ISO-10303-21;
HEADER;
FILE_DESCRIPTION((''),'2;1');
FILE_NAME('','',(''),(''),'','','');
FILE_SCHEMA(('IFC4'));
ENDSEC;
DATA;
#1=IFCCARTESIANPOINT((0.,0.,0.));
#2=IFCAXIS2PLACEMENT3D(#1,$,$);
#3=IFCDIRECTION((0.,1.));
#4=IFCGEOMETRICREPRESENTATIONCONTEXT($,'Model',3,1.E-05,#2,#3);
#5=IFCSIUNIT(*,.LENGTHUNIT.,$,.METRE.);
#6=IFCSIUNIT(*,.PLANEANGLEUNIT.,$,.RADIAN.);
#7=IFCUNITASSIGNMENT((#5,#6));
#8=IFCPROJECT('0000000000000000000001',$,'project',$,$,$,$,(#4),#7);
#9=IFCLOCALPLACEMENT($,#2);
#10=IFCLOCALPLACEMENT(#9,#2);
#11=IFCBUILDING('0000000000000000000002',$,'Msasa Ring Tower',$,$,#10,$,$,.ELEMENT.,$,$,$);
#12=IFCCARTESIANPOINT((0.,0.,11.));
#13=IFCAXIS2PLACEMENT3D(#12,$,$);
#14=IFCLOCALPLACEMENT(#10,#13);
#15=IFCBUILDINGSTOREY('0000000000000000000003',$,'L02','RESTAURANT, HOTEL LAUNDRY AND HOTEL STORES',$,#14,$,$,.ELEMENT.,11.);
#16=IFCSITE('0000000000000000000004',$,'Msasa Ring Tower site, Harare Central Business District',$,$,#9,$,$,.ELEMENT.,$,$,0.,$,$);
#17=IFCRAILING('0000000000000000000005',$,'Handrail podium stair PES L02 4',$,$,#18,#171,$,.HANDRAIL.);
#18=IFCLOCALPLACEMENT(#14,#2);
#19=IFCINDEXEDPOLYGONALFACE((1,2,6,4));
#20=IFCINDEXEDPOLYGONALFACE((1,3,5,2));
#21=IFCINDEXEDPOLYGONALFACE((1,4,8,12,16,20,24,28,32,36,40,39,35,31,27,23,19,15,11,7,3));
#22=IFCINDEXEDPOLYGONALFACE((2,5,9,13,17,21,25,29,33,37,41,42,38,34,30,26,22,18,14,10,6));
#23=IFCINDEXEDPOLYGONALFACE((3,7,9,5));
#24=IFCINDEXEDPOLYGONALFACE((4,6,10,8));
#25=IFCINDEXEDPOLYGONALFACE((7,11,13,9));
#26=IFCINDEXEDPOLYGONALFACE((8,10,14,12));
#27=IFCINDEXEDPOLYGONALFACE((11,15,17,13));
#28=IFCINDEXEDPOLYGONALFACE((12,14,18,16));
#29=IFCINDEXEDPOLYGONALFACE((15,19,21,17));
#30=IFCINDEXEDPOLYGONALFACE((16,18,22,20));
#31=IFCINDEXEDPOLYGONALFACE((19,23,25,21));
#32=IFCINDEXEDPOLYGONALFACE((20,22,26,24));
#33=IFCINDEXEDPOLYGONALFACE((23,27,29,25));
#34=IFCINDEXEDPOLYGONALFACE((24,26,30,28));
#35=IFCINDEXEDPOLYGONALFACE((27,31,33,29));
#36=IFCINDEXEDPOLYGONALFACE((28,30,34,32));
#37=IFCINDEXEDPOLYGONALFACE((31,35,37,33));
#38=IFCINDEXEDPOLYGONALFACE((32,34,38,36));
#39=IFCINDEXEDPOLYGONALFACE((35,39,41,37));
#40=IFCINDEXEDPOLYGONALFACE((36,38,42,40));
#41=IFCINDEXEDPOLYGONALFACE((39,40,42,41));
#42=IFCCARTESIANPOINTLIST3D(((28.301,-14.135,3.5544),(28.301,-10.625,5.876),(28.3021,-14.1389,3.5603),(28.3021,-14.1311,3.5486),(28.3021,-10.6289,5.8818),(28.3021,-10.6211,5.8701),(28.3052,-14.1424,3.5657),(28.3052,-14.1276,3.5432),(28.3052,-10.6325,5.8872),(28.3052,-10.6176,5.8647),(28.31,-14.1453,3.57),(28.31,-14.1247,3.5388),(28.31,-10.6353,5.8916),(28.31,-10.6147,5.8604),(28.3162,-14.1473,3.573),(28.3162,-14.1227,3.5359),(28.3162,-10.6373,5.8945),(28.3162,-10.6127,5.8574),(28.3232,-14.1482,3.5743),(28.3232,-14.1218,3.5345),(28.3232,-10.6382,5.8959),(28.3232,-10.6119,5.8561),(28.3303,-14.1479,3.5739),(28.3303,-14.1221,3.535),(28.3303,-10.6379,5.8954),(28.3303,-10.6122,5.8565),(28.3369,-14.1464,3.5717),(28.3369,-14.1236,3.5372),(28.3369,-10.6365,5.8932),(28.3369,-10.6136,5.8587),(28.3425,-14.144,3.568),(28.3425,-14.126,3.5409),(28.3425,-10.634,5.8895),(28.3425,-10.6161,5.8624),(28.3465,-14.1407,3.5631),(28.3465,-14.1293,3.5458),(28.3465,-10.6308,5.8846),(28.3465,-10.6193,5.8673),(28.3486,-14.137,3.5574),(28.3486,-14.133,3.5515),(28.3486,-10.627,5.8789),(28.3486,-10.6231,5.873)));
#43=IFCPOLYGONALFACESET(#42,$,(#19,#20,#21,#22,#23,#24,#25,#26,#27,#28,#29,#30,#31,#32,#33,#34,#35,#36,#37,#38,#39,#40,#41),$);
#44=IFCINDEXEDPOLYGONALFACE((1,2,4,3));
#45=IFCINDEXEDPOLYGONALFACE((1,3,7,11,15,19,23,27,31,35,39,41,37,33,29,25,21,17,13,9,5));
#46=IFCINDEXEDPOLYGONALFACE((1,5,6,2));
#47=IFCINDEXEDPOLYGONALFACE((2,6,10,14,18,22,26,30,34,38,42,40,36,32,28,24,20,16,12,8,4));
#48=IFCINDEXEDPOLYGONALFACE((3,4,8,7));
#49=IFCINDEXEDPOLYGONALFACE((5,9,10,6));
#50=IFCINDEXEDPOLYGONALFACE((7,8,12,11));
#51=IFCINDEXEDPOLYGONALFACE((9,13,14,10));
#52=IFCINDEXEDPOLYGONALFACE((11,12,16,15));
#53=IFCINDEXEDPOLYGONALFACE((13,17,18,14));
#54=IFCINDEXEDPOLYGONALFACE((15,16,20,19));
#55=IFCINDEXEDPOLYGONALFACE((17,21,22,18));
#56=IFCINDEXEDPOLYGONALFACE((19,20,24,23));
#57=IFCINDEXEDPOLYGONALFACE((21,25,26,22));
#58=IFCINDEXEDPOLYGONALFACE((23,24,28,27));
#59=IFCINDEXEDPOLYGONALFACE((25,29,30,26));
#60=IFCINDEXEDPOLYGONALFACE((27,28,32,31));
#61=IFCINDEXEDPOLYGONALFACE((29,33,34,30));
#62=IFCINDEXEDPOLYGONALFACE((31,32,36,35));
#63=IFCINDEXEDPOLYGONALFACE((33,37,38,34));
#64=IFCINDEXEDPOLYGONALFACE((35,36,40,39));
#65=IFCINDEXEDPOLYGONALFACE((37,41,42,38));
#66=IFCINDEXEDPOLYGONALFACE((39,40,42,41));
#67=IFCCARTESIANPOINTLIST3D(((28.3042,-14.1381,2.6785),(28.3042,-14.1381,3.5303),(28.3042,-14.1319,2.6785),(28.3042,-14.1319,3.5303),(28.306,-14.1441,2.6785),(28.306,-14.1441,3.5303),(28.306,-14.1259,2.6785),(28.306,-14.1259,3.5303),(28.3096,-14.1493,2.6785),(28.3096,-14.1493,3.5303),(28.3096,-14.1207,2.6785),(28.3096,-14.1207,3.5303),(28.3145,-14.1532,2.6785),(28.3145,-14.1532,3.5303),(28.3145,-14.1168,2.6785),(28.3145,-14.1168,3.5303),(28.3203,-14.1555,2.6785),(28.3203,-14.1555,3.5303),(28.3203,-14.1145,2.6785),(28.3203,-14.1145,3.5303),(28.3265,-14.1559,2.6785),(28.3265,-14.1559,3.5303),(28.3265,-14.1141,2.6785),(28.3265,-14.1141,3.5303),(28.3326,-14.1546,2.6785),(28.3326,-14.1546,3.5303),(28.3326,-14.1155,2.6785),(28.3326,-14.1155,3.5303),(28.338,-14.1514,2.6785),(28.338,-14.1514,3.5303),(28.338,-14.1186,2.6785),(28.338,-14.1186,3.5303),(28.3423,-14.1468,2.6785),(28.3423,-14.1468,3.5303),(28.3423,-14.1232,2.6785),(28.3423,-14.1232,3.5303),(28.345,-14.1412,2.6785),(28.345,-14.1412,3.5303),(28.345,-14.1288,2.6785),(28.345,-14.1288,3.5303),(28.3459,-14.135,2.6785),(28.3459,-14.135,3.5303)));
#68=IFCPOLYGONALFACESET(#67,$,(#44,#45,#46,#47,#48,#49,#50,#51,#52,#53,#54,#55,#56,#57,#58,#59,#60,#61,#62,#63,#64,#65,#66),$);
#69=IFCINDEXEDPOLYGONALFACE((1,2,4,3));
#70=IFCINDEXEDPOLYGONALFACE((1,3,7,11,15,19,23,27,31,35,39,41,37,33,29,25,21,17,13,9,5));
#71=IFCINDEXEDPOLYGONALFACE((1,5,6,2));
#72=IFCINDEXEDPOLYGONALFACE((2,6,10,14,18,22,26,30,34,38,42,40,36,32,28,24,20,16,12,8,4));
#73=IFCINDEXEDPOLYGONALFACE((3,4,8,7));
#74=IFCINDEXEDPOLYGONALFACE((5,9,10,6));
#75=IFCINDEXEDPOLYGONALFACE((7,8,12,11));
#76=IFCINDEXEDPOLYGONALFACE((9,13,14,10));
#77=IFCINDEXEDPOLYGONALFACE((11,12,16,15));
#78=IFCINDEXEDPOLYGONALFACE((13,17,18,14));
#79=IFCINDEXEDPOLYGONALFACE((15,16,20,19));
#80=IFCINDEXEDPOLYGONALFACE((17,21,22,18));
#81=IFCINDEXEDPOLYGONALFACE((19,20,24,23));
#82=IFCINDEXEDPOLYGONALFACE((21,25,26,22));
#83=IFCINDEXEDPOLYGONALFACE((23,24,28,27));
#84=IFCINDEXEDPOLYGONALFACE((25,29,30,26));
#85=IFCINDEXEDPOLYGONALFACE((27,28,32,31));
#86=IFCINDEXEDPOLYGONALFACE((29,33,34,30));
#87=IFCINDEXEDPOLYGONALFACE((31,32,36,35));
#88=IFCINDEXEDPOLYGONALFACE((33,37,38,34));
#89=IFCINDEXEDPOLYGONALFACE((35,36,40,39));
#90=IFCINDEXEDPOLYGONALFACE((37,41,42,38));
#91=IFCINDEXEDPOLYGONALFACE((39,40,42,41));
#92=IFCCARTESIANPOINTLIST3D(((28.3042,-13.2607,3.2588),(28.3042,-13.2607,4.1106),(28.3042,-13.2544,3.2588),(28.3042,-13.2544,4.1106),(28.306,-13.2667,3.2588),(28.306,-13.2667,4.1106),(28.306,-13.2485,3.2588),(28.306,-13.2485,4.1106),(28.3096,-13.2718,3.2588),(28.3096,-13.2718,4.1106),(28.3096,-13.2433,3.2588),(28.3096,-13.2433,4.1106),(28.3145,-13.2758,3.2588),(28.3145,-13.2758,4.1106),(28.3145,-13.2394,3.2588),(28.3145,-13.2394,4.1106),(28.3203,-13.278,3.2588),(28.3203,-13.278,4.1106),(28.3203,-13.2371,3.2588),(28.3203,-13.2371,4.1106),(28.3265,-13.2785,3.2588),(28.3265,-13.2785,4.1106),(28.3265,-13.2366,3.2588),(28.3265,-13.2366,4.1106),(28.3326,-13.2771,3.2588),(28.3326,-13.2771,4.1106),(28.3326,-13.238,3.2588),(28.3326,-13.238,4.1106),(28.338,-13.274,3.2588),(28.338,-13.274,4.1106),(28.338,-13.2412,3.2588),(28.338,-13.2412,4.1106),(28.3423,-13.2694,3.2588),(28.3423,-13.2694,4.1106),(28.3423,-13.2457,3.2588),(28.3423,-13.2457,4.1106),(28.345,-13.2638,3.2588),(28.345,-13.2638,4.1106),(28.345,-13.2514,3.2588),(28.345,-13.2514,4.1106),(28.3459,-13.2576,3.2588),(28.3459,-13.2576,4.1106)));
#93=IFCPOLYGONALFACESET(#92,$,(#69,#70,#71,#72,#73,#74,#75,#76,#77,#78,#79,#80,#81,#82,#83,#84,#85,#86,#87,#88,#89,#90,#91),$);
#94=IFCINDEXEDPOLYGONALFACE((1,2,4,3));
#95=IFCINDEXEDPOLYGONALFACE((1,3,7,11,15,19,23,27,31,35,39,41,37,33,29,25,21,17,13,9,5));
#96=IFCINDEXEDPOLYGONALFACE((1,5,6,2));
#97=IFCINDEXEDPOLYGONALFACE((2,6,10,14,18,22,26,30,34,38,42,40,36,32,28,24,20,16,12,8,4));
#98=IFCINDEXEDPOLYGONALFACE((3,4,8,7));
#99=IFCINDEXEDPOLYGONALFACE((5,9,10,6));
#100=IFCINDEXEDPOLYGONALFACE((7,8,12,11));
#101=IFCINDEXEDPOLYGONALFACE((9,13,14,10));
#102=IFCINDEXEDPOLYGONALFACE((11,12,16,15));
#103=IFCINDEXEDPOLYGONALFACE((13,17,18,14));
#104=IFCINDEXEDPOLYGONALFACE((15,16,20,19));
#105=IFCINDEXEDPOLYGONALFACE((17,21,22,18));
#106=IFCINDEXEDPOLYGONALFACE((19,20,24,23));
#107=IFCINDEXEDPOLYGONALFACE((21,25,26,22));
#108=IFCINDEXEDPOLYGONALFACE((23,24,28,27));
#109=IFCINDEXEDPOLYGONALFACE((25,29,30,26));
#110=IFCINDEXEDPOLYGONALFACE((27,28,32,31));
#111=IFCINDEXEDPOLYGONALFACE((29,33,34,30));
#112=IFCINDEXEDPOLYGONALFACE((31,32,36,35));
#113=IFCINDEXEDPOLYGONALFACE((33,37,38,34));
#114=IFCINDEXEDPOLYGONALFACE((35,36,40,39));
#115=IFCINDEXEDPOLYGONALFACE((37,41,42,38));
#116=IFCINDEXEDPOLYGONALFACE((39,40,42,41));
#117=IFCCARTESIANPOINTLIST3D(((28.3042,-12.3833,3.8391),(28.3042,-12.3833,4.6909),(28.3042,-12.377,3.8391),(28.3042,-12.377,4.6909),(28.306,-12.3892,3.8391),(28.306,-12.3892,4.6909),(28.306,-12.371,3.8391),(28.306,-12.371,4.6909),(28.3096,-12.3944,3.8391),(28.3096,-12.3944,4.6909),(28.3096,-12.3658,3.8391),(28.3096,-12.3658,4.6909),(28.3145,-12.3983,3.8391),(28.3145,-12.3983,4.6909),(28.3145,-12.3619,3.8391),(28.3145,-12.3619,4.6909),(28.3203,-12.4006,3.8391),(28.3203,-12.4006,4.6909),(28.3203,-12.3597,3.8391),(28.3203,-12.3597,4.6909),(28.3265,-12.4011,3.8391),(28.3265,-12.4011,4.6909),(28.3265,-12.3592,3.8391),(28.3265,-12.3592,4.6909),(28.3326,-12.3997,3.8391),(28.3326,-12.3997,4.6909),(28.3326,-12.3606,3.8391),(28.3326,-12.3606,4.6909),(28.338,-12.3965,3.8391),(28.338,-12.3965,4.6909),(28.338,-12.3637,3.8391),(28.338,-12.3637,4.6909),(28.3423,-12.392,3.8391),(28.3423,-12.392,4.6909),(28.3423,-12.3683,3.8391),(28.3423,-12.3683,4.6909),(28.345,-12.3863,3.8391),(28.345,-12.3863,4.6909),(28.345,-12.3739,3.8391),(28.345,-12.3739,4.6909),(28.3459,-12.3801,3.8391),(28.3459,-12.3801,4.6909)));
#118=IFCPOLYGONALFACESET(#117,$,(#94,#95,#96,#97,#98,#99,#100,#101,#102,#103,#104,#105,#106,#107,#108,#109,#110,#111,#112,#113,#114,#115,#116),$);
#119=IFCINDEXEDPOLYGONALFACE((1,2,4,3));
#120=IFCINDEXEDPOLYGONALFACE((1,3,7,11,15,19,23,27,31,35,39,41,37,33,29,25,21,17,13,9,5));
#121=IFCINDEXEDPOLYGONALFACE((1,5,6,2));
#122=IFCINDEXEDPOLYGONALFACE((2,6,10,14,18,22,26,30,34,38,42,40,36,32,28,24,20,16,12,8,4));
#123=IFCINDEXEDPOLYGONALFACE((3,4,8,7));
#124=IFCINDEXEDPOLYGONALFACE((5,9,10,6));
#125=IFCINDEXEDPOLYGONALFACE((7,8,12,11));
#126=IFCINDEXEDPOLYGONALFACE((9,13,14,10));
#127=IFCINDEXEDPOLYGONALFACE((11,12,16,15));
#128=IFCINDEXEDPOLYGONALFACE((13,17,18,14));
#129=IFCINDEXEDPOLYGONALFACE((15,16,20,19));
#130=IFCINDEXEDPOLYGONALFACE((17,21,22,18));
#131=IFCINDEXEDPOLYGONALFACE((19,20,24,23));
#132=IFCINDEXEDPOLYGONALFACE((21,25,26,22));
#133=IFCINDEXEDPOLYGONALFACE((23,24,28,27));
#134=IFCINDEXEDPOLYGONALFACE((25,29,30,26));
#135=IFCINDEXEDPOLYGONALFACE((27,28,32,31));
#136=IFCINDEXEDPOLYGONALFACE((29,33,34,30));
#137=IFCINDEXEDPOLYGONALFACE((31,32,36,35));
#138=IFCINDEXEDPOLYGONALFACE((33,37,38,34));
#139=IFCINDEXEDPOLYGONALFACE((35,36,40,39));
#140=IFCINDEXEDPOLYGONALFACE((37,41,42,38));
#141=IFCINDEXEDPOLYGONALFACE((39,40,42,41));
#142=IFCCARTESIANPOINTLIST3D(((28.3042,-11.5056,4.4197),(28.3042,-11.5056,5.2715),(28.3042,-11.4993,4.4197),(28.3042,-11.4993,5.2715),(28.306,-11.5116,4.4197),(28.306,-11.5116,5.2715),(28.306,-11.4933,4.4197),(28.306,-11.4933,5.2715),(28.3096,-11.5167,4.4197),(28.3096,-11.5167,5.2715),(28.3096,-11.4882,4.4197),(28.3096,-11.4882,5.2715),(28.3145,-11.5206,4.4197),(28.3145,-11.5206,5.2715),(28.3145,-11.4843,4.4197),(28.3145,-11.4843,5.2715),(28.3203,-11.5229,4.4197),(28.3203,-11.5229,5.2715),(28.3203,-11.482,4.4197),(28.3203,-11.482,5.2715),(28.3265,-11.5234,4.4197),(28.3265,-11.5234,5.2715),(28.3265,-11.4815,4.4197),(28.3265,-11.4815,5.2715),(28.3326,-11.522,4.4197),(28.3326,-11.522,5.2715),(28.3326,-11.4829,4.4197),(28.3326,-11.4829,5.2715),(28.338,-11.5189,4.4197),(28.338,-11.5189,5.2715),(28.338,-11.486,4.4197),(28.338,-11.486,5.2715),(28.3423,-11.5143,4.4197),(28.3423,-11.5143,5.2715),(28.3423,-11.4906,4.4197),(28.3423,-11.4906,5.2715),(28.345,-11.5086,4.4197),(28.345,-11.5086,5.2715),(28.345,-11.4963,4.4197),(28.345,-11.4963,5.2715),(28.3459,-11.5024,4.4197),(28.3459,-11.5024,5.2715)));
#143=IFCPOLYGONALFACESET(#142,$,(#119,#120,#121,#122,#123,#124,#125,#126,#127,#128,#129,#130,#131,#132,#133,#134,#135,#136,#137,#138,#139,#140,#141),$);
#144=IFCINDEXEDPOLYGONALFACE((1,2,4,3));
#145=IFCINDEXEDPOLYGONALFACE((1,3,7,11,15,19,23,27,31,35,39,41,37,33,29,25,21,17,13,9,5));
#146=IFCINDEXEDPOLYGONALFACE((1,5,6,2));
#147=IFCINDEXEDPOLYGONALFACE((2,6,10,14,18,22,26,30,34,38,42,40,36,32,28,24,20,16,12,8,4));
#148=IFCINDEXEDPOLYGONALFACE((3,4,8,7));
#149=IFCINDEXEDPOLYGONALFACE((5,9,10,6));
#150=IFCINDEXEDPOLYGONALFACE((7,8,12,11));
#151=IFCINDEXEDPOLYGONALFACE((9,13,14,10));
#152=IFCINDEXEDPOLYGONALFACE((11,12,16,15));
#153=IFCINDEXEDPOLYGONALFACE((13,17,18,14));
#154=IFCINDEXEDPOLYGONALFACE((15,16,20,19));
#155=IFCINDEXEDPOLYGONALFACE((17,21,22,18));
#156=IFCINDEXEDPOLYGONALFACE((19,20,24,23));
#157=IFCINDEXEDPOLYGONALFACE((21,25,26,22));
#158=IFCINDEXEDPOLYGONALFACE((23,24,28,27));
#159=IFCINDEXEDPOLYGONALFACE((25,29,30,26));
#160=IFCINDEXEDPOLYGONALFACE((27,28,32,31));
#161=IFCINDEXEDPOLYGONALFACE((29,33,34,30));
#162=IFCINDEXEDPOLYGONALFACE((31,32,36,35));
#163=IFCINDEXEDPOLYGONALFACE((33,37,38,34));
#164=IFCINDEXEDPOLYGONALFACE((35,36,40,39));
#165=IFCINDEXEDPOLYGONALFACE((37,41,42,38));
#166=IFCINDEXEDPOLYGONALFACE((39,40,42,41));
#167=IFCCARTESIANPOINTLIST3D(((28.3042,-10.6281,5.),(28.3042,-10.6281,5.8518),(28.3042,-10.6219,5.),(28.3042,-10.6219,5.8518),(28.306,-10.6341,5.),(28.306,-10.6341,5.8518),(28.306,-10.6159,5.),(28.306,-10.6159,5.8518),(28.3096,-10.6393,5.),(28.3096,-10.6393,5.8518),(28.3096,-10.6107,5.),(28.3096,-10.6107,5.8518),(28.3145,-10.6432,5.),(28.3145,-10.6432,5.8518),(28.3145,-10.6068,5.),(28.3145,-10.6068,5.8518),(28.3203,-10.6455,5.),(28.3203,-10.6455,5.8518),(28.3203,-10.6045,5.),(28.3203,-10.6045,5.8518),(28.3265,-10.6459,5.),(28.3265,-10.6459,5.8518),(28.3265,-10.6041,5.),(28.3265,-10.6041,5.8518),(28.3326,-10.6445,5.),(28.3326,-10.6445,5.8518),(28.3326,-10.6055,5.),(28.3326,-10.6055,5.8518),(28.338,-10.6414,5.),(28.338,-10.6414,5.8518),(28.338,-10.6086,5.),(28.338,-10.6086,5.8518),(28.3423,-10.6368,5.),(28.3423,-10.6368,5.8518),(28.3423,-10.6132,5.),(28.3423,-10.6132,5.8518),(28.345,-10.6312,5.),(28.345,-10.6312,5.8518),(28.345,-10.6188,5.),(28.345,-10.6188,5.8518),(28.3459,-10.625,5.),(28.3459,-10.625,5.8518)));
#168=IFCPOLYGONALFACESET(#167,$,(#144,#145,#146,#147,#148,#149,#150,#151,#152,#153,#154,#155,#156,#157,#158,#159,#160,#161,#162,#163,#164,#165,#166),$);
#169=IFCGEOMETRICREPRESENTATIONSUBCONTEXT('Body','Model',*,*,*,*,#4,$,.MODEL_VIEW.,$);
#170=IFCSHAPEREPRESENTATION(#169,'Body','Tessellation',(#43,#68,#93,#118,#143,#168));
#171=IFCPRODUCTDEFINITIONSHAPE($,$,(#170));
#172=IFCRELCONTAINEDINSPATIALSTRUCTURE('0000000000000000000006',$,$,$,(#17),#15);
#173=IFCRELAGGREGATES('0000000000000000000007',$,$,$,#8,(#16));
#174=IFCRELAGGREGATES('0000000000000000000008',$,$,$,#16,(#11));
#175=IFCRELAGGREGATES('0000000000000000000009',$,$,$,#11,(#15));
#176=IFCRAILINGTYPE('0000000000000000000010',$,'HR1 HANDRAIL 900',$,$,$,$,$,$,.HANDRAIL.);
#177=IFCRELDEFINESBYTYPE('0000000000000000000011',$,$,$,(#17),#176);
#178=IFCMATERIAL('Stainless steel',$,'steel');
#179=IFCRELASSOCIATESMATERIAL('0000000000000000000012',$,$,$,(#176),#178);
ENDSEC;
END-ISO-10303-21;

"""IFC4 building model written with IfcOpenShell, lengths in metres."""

from ifc_helpers import new_model, si_unit, direction, frame, origin, origin_2d, place, context, subcontext, project, spatial, circle, extrude, material, type_object, element, save


model = new_model("IFC4")

# Units and contexts
model_context = context("Model", 3, precision=1e-05, world=origin(), true_north=direction((0.0, 1.0)))
body_context = subcontext(model_context, "Body", "Model", "MODEL_VIEW")
ifc_project = project(units=[si_unit("LENGTHUNIT", "METRE"), si_unit("PLANEANGLEUNIT", "RADIAN")], contexts=[model_context])

# Site, building, storey
site_placement = place(None, origin())
site = spatial("IfcSite", under=ifc_project, at=site_placement, Name="Msasa Ring Tower site, Harare Central Business District", CompositionType="ELEMENT", RefElevation=0.0)
building_placement = place(site_placement, origin())
building = spatial("IfcBuilding", under=site, at=building_placement, Name="Msasa Ring Tower", CompositionType="ELEMENT")
storey_placement = place(building_placement, frame((0.0, 0.0, 11.0)))
storey = spatial("IfcBuildingStorey", under=building, at=storey_placement, Name="L02", Description="RESTAURANT, HOTEL LAUNDRY AND HOTEL STORES", CompositionType="ELEMENT", Elevation=11.0)

# Railing
ifc_material_1 = material(Name="Stainless steel", Category="steel")
railing_type = type_object("IfcRailingType", Name="HR1 HANDRAIL 900", PredefinedType="HANDRAIL", material=ifc_material_1)
for number, where, name in (
    (1, (28.325, -14.135, 2.6785), "Handrail podium stair PES L02 4"),
):
    element("IfcRailing", number, at=place(storey_placement, frame(where)), inside=storey, type_object=railing_type, Name=name, PredefinedType="HANDRAIL", context=body_context, shape_type="SweptSolid", body=[
        extrude(circle(Radius=0.0239, at=origin_2d()), frame((0.0, 0.0, 0.876), z_axis=(0.0, 0.834071, 0.551657), x_axis=(-1.0, 0.0, 0.0)), (0.0, 0.0, 1.0), 4.2083),
        extrude(circle(Radius=0.021, at=origin_2d()), origin(), (0.0, 0.0, 1.0), 0.8518),
        extrude(circle(Radius=0.021, at=origin_2d()), frame((0.0, 0.8774, 0.5803)), (0.0, 0.0, 1.0), 0.8518),
        extrude(circle(Radius=0.021, at=origin_2d()), frame((0.0, 1.7549, 1.1606)), (0.0, 0.0, 1.0), 0.8518),
        extrude(circle(Radius=0.021, at=origin_2d()), frame((0.0, 2.6326, 1.7412)), (0.0, 0.0, 1.0), 0.8518),
        extrude(circle(Radius=0.021, at=origin_2d()), frame((0.0, 3.51, 2.3215)), (0.0, 0.0, 1.0), 0.8518),
    ])

save(model, "model.ifc")
